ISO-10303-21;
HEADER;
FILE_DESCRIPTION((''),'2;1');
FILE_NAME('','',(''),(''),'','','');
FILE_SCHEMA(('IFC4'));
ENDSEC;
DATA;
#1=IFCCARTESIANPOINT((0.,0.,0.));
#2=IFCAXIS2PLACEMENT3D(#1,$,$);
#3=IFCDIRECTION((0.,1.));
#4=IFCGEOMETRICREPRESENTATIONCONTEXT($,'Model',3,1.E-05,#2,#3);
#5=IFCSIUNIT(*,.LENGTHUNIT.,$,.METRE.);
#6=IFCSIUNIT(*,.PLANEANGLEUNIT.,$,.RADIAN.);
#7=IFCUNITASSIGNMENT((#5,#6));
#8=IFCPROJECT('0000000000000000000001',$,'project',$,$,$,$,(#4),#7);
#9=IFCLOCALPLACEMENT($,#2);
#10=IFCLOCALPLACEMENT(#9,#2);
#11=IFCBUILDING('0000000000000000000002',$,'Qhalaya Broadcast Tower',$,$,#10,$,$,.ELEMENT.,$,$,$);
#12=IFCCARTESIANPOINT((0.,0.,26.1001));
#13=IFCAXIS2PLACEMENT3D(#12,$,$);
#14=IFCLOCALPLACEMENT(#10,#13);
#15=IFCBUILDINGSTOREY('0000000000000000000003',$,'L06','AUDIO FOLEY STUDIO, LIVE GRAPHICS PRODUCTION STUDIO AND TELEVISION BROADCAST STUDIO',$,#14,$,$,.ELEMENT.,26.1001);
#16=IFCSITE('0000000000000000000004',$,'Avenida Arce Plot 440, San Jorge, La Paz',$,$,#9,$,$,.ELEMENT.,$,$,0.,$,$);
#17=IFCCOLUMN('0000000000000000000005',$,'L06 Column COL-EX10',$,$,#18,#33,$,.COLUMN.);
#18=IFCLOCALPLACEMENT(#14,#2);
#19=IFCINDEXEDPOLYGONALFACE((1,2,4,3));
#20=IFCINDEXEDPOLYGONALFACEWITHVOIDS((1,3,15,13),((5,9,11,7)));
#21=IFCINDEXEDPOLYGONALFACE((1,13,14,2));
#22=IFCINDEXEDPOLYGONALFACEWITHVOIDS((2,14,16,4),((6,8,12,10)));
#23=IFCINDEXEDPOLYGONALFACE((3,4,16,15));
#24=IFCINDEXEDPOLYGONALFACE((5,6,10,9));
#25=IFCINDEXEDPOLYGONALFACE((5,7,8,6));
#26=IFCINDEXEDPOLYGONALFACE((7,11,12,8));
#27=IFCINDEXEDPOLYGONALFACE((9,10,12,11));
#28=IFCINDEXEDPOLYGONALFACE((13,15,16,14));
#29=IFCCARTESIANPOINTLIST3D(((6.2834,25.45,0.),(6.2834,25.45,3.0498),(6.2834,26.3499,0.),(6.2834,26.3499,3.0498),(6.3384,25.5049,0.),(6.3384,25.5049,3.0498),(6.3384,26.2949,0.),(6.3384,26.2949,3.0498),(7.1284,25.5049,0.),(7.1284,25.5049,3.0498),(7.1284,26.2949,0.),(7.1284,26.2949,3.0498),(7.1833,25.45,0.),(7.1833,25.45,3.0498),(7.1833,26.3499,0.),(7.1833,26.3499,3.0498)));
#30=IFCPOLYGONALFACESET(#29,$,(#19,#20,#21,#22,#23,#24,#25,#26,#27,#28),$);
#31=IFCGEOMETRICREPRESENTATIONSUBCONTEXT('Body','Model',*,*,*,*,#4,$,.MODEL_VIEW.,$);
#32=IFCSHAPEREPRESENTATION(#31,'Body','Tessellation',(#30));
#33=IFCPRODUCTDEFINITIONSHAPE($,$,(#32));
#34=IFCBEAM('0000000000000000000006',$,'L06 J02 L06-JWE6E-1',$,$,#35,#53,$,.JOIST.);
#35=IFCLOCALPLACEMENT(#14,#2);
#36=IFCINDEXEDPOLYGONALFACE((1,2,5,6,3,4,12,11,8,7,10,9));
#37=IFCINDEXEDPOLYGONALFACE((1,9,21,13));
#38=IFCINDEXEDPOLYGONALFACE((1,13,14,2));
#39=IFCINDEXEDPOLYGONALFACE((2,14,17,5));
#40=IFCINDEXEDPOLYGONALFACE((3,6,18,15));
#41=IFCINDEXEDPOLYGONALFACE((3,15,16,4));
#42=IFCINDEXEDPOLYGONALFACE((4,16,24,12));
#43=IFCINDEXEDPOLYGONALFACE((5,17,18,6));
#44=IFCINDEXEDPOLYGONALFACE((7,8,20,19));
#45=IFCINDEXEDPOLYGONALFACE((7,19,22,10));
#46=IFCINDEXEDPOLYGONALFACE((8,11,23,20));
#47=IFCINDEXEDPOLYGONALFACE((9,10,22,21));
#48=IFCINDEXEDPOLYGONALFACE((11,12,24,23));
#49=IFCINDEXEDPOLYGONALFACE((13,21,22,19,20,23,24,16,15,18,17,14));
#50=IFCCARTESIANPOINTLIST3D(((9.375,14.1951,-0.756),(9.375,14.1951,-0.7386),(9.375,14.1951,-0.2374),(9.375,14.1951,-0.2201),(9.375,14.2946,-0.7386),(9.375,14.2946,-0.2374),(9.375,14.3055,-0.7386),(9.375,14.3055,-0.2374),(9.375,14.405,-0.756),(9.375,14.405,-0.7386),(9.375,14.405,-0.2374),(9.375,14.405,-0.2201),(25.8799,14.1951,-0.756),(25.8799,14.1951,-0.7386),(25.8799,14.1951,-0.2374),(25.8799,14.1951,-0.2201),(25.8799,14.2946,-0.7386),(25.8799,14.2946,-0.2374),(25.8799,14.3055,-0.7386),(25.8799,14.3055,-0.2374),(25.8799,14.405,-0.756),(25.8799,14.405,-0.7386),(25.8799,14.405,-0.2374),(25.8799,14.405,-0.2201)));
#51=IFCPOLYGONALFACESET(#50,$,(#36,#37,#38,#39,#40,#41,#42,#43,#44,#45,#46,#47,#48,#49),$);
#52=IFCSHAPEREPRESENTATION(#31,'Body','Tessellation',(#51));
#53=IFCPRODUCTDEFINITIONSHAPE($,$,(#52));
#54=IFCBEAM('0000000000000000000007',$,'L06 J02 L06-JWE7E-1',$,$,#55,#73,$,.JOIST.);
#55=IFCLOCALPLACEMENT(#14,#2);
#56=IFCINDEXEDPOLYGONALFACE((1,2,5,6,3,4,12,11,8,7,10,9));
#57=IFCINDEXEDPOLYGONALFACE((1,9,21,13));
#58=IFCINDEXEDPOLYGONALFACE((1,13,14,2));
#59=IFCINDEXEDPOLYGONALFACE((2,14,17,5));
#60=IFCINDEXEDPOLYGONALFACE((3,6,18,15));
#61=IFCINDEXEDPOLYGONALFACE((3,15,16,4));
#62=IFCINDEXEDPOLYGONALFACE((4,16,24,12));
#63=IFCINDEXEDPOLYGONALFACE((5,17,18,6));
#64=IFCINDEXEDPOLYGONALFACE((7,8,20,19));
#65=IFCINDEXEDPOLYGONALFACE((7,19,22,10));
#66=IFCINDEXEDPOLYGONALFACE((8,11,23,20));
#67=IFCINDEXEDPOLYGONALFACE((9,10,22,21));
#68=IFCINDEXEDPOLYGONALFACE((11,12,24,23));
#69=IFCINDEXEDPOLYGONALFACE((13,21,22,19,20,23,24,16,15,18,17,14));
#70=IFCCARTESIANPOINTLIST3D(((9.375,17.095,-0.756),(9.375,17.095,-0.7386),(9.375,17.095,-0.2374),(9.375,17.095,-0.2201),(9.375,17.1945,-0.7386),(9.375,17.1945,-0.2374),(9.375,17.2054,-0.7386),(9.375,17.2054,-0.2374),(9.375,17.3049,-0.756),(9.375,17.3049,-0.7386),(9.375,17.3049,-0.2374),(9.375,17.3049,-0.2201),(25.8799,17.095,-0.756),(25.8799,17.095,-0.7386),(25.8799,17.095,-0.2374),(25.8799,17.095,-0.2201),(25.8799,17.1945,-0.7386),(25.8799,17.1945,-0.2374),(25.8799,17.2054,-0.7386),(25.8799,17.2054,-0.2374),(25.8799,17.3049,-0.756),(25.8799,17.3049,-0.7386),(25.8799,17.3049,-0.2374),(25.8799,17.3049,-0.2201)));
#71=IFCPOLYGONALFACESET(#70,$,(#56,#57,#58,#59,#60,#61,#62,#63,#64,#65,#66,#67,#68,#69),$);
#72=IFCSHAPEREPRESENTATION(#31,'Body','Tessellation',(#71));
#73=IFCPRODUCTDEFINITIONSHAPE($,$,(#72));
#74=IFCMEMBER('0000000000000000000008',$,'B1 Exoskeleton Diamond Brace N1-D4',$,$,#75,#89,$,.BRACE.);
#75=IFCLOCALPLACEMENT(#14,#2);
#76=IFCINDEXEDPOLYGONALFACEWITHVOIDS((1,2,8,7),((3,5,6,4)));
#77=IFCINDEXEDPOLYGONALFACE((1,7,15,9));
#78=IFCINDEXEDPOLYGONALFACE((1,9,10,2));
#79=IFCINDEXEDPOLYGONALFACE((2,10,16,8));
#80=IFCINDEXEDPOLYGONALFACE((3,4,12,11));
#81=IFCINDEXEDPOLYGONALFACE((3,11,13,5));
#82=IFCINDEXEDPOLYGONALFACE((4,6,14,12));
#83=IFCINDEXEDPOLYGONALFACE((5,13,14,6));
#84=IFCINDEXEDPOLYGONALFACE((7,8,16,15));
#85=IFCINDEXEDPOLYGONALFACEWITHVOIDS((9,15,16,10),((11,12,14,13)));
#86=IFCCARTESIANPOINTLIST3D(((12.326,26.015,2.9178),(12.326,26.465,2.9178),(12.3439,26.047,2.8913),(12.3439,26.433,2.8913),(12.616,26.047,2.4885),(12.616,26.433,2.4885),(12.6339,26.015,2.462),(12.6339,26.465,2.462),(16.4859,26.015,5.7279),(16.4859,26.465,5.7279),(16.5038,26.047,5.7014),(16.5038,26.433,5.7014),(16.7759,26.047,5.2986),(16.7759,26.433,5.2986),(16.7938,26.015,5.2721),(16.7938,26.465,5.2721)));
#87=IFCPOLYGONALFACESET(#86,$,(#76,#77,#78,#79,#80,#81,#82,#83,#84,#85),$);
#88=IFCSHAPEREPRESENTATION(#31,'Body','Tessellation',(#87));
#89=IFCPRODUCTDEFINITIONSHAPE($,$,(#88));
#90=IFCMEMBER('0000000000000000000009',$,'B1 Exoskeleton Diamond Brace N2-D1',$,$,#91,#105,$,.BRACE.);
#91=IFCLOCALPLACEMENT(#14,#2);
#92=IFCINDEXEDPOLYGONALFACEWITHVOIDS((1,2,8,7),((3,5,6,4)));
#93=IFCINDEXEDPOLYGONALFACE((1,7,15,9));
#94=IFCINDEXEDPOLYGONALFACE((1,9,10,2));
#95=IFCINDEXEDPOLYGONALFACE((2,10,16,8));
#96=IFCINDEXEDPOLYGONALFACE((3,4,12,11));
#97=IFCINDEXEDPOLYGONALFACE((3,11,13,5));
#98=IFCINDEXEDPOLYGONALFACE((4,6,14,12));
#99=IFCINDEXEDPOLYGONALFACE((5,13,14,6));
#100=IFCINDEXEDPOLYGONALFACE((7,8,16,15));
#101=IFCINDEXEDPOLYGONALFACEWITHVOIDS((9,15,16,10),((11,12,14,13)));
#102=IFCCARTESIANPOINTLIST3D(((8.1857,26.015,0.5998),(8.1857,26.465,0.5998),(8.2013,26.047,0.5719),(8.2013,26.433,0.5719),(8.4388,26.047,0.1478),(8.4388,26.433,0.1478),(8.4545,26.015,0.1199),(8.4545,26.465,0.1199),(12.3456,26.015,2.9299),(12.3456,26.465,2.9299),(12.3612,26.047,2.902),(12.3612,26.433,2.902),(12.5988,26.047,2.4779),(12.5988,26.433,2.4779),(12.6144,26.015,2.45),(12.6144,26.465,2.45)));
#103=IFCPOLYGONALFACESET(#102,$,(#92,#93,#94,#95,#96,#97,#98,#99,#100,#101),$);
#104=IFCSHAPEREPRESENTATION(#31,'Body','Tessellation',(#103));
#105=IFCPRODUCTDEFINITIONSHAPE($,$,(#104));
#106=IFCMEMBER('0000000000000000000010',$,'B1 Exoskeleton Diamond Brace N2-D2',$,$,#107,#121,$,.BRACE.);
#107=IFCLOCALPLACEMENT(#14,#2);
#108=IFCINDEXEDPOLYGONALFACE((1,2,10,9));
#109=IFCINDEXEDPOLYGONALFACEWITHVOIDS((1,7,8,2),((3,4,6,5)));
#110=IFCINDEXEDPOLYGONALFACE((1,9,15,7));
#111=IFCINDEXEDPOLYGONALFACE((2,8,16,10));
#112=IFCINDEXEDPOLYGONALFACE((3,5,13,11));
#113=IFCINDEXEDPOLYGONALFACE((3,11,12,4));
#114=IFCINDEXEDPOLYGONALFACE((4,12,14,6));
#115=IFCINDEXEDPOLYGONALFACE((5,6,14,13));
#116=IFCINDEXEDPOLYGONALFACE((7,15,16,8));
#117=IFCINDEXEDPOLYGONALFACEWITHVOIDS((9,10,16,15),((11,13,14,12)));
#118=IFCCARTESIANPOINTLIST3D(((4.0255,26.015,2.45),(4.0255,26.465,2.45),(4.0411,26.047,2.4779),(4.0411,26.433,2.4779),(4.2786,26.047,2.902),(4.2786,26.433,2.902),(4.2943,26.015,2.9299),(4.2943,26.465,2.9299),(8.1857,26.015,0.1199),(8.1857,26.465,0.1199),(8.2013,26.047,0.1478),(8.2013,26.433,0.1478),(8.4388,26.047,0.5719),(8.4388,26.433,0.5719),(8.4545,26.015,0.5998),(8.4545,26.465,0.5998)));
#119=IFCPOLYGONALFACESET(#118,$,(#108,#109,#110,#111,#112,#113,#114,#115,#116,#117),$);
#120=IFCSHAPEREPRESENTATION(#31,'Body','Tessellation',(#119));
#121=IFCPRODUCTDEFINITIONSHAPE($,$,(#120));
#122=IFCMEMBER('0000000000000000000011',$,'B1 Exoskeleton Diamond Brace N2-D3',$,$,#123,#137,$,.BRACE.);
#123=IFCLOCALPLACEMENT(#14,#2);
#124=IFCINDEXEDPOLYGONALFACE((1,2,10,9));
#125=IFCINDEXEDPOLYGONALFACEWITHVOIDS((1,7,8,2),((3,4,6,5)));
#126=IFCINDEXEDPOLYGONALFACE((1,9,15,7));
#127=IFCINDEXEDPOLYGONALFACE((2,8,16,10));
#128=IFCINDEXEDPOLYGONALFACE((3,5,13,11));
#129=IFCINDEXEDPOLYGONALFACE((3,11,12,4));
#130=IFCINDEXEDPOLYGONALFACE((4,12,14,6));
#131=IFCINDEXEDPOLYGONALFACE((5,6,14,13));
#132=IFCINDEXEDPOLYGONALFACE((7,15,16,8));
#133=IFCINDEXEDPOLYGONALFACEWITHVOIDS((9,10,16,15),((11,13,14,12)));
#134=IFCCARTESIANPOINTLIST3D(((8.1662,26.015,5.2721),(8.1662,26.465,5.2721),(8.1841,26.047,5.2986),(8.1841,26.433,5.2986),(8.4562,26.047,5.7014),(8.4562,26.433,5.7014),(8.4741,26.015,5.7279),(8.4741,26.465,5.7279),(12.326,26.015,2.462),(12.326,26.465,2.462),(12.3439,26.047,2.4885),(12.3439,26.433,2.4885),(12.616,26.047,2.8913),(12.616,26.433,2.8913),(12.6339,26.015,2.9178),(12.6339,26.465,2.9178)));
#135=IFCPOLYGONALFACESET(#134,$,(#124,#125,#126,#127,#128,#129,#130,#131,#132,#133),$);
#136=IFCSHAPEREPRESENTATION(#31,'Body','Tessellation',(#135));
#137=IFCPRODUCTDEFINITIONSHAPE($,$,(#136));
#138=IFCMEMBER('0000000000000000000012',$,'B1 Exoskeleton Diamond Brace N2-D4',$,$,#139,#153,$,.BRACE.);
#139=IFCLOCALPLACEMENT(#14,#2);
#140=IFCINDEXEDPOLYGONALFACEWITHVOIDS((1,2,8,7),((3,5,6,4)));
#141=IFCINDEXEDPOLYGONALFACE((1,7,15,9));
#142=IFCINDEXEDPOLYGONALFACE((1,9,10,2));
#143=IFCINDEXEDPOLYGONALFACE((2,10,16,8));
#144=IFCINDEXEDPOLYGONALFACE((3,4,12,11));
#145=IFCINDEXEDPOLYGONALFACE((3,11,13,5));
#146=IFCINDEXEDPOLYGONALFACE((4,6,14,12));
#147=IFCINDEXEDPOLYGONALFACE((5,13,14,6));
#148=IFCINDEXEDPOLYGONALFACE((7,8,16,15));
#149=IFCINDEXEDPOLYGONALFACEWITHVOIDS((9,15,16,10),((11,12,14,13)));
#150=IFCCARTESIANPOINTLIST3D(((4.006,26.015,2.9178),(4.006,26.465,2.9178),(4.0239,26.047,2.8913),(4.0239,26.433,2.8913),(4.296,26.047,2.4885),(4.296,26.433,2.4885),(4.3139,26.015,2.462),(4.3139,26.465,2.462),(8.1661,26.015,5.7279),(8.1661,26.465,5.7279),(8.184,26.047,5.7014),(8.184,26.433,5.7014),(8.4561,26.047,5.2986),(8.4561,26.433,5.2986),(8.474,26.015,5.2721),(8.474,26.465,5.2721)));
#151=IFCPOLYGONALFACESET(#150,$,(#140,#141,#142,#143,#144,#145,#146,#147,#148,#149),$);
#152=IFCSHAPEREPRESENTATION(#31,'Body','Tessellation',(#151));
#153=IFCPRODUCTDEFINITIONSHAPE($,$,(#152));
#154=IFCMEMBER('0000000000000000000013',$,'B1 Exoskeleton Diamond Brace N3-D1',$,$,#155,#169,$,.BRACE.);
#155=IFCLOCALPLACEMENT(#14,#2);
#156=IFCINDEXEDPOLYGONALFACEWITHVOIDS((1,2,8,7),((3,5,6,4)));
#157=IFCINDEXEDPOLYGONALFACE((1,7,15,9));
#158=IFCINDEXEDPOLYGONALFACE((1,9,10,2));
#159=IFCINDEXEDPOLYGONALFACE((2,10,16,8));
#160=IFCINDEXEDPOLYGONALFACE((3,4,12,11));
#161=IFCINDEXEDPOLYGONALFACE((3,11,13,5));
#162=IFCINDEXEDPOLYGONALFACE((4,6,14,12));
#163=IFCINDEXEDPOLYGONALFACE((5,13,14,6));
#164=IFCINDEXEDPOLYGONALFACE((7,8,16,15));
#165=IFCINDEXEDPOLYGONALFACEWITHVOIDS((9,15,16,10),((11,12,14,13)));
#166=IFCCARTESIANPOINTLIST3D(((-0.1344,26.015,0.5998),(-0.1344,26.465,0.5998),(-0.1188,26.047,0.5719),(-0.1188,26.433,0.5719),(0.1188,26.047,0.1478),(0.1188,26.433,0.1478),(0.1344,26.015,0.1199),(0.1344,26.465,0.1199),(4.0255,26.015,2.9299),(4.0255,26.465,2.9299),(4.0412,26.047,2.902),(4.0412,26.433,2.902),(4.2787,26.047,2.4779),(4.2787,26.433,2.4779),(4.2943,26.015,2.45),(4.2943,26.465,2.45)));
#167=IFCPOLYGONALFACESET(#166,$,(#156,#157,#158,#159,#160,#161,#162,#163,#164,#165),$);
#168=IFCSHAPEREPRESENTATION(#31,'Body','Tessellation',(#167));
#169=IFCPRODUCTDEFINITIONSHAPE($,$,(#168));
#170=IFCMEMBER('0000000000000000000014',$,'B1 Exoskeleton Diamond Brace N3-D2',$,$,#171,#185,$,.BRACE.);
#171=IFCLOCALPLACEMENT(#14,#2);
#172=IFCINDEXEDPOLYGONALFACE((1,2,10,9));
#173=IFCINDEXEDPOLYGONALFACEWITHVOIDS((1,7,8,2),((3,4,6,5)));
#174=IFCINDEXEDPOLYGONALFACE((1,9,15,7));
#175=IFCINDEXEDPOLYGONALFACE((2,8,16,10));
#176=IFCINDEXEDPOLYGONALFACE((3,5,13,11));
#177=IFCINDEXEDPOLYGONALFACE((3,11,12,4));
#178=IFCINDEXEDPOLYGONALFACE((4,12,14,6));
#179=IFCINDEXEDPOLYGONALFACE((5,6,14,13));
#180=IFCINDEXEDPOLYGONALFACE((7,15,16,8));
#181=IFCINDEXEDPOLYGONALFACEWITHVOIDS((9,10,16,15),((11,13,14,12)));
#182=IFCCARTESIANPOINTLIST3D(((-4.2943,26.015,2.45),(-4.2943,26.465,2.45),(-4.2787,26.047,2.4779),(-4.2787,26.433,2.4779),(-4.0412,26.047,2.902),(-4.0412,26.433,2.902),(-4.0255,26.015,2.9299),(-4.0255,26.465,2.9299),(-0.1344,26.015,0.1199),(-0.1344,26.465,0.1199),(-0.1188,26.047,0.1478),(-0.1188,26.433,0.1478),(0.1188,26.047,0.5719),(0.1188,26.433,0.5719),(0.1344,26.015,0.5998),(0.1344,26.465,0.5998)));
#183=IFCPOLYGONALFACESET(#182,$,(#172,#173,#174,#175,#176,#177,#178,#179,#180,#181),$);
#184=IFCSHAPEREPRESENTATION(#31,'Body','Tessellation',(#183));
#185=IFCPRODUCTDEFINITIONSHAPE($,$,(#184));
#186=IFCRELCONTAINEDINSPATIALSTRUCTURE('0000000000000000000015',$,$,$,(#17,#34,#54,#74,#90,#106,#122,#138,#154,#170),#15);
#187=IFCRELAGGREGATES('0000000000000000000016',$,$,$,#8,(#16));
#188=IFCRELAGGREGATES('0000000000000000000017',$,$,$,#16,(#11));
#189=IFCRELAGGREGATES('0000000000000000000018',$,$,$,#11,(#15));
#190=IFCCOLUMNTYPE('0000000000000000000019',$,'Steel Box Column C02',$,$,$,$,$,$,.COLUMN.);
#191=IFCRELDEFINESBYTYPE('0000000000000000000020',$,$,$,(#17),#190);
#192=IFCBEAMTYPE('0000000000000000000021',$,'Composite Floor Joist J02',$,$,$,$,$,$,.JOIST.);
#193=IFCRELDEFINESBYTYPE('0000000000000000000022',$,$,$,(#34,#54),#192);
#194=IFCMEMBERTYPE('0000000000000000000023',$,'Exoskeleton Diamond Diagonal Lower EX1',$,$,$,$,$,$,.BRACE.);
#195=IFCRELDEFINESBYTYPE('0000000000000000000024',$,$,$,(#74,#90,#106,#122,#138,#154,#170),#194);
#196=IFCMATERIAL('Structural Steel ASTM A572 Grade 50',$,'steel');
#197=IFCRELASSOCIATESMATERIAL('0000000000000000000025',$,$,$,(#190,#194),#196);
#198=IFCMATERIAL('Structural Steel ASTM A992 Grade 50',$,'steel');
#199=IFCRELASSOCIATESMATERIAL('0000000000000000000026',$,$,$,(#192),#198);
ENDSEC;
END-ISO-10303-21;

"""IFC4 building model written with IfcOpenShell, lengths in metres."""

from ifc_helpers import new_model, si_unit, direction, frame, origin, origin_2d, place, context, subcontext, project, spatial, hollow_rectangle, i_section, extrude, material, material_profile, profile_set, type_object, element, save


model = new_model("IFC4")

# Units and contexts
model_context = context("Model", 3, precision=1e-05, world=origin(), true_north=direction((0.0, 1.0)))
body_context = subcontext(model_context, "Body", "Model", "MODEL_VIEW")
ifc_project = project(units=[si_unit("LENGTHUNIT", "METRE"), si_unit("PLANEANGLEUNIT", "RADIAN")], contexts=[model_context])

# Site, building, storey
site_placement = place(None, origin())
site = spatial("IfcSite", under=ifc_project, at=site_placement, Name="Avenida Arce Plot 440, San Jorge, La Paz", CompositionType="ELEMENT", RefElevation=0.0)
building_placement = place(site_placement, origin())
building = spatial("IfcBuilding", under=site, at=building_placement, Name="Qhalaya Broadcast Tower", CompositionType="ELEMENT")
storey_placement = place(building_placement, frame((0.0, 0.0, 26.1001)))
storey = spatial("IfcBuildingStorey", under=building, at=storey_placement, Name="L06", Description="AUDIO FOLEY STUDIO, LIVE GRAPHICS PRODUCTION STUDIO AND TELEVISION BROADCAST STUDIO", CompositionType="ELEMENT", Elevation=26.1001)

# Column
ifc_material_1 = material(Name="Structural Steel ASTM A572 Grade 50", Category="steel")
ifc_material_profile_1 = material_profile(ifc_material_1, hollow_rectangle(XDim=0.8999, YDim=0.8999, WallThickness=0.0549, at=origin_2d()), Name="BOX 900x900x55")
ifc_profile_set_1 = profile_set([ifc_material_profile_1], Name="Structural Steel ASTM A572 Grade 50")
column_type = type_object("IfcColumnType", Name="Steel Box Column C02", PredefinedType="COLUMN", material=ifc_profile_set_1)
column_placement = place(storey_placement, frame((6.7334, 25.8999, 0.0), z_axis=(0.0, 0.0, 1.0), x_axis=(1.0, 0.0, 0.0)))
element("IfcColumn", 1, at=column_placement, inside=storey, type_object=column_type, Name="L06 Column COL-EX10", PredefinedType="COLUMN", context=body_context, shape_type="SweptSolid", body=[
    extrude(hollow_rectangle(XDim=0.8999, YDim=0.8999, WallThickness=0.0549, at=origin_2d()), origin(), (0.0, 0.0, 1.0), 3.0498),
])

# Beams
ifc_material_2 = material(Name="Structural Steel ASTM A992 Grade 50", Category="steel")
ifc_material_profile_2 = material_profile(ifc_material_2, i_section(OverallWidth=0.21, OverallDepth=0.5359, WebThickness=0.011, FlangeThickness=0.0173, at=origin_2d()), Name="W21X68")
ifc_profile_set_2 = profile_set([ifc_material_profile_2], Name="Structural Steel ASTM A992 Grade 50")
beam_type_1 = type_object("IfcBeamType", Name="Composite Floor Joist J02", PredefinedType="JOIST", material=ifc_profile_set_2)
for number, where, z_axis, x_axis, name in (
    (2, (9.375, 14.3, -0.488), (1.0, 0.0, 0.0), (0.0, 1.0, 0.0), "L06 J02 L06-JWE6E-1"),
    (3, (9.375, 17.2, -0.488), (1.0, 0.0, 0.0), (0.0, 1.0, 0.0), "L06 J02 L06-JWE7E-1"),
):
    element("IfcBeam", number, at=place(storey_placement, frame(where, z_axis=z_axis, x_axis=x_axis)), inside=storey, type_object=beam_type_1, Name=name, PredefinedType="JOIST", context=body_context, shape_type="SweptSolid", body=[
        extrude(i_section(OverallWidth=0.21, OverallDepth=0.5359, WebThickness=0.011, FlangeThickness=0.0173, at=origin_2d()), origin(), (0.0, 0.0, 1.0), 16.5049),
    ])

# Members
ifc_material_profile_3 = material_profile(ifc_material_1, hollow_rectangle(XDim=0.45, YDim=0.55, WallThickness=0.032, at=origin_2d()), Name="BOX 450x550x32")
ifc_profile_set_3 = profile_set([ifc_material_profile_3], Name="Structural Steel ASTM A572 Grade 50")
member_type = type_object("IfcMemberType", Name="Exoskeleton Diamond Diagonal Lower EX1", PredefinedType="BRACE", material=ifc_profile_set_3)
member_1_placement = place(storey_placement, frame((12.48, 26.24, 2.6899), z_axis=(0.828653, 0.0, 0.559763), x_axis=(0.0, 1.0, 0.0)))
element("IfcMember", 4, at=member_1_placement, inside=storey, type_object=member_type, Name="B1 Exoskeleton Diamond Brace N1-D4", PredefinedType="BRACE", context=body_context, shape_type="SweptSolid", body=[
    extrude(hollow_rectangle(XDim=0.45, YDim=0.55, WallThickness=0.032, at=origin_2d()), origin(), (0.0, 0.0, 1.0), 5.02),
])
member_2_placement = place(storey_placement, frame((8.3201, 26.24, 0.3599), z_axis=(0.872459, 0.0, 0.488688), x_axis=(0.0, 1.0, 0.0)))
element("IfcMember", 5, at=member_2_placement, inside=storey, type_object=member_type, Name="B1 Exoskeleton Diamond Brace N2-D1", PredefinedType="BRACE", context=body_context, shape_type="SweptSolid", body=[
    extrude(hollow_rectangle(XDim=0.45, YDim=0.55, WallThickness=0.032, at=origin_2d()), origin(), (0.0, 0.0, 1.0), 4.7681),
])
member_3_placement = place(storey_placement, frame((8.3201, 26.24, 0.3599), z_axis=(-0.872471, 0.0, 0.488666), x_axis=(0.0, -1.0, 0.0)))
element("IfcMember", 6, at=member_3_placement, inside=storey, type_object=member_type, Name="B1 Exoskeleton Diamond Brace N2-D2", PredefinedType="BRACE", context=body_context, shape_type="SweptSolid", body=[
    extrude(hollow_rectangle(XDim=0.45, YDim=0.55, WallThickness=0.032, at=origin_2d()), origin(), (0.0, 0.0, 1.0), 4.7683),
])
member_4_placement = place(storey_placement, frame((12.48, 26.24, 2.6899), z_axis=(-0.828653, 0.0, 0.559763), x_axis=(0.0, -1.0, 0.0)))
element("IfcMember", 7, at=member_4_placement, inside=storey, type_object=member_type, Name="B1 Exoskeleton Diamond Brace N2-D3", PredefinedType="BRACE", context=body_context, shape_type="SweptSolid", body=[
    extrude(hollow_rectangle(XDim=0.45, YDim=0.55, WallThickness=0.032, at=origin_2d()), origin(), (0.0, 0.0, 1.0), 5.02),
])
member_5_placement = place(storey_placement, frame((4.1599, 26.24, 2.6899), z_axis=(0.828668, 0.0, 0.55974), x_axis=(0.0, 1.0, 0.0)))
element("IfcMember", 8, at=member_5_placement, inside=storey, type_object=member_type, Name="B1 Exoskeleton Diamond Brace N2-D4", PredefinedType="BRACE", context=body_context, shape_type="SweptSolid", body=[
    extrude(hollow_rectangle(XDim=0.45, YDim=0.55, WallThickness=0.032, at=origin_2d()), origin(), (0.0, 0.0, 1.0), 5.0203),
])
for number, where, z_axis, x_axis, name in (
    (9, (0.0, 26.24, 0.3599), (0.872459, 0.0, 0.488688), (0.0, 1.0, 0.0), "B1 Exoskeleton Diamond Brace N3-D1"),
    (10, (0.0, 26.24, 0.3599), (-0.872459, 0.0, 0.488688), (0.0, -1.0, 0.0), "B1 Exoskeleton Diamond Brace N3-D2"),
):
    element("IfcMember", number, at=place(storey_placement, frame(where, z_axis=z_axis, x_axis=x_axis)), inside=storey, type_object=member_type, Name=name, PredefinedType="BRACE", context=body_context, shape_type="SweptSolid", body=[
        extrude(hollow_rectangle(XDim=0.45, YDim=0.55, WallThickness=0.032, at=origin_2d()), origin(), (0.0, 0.0, 1.0), 4.7681),
    ])

save(model, "model.ifc")
